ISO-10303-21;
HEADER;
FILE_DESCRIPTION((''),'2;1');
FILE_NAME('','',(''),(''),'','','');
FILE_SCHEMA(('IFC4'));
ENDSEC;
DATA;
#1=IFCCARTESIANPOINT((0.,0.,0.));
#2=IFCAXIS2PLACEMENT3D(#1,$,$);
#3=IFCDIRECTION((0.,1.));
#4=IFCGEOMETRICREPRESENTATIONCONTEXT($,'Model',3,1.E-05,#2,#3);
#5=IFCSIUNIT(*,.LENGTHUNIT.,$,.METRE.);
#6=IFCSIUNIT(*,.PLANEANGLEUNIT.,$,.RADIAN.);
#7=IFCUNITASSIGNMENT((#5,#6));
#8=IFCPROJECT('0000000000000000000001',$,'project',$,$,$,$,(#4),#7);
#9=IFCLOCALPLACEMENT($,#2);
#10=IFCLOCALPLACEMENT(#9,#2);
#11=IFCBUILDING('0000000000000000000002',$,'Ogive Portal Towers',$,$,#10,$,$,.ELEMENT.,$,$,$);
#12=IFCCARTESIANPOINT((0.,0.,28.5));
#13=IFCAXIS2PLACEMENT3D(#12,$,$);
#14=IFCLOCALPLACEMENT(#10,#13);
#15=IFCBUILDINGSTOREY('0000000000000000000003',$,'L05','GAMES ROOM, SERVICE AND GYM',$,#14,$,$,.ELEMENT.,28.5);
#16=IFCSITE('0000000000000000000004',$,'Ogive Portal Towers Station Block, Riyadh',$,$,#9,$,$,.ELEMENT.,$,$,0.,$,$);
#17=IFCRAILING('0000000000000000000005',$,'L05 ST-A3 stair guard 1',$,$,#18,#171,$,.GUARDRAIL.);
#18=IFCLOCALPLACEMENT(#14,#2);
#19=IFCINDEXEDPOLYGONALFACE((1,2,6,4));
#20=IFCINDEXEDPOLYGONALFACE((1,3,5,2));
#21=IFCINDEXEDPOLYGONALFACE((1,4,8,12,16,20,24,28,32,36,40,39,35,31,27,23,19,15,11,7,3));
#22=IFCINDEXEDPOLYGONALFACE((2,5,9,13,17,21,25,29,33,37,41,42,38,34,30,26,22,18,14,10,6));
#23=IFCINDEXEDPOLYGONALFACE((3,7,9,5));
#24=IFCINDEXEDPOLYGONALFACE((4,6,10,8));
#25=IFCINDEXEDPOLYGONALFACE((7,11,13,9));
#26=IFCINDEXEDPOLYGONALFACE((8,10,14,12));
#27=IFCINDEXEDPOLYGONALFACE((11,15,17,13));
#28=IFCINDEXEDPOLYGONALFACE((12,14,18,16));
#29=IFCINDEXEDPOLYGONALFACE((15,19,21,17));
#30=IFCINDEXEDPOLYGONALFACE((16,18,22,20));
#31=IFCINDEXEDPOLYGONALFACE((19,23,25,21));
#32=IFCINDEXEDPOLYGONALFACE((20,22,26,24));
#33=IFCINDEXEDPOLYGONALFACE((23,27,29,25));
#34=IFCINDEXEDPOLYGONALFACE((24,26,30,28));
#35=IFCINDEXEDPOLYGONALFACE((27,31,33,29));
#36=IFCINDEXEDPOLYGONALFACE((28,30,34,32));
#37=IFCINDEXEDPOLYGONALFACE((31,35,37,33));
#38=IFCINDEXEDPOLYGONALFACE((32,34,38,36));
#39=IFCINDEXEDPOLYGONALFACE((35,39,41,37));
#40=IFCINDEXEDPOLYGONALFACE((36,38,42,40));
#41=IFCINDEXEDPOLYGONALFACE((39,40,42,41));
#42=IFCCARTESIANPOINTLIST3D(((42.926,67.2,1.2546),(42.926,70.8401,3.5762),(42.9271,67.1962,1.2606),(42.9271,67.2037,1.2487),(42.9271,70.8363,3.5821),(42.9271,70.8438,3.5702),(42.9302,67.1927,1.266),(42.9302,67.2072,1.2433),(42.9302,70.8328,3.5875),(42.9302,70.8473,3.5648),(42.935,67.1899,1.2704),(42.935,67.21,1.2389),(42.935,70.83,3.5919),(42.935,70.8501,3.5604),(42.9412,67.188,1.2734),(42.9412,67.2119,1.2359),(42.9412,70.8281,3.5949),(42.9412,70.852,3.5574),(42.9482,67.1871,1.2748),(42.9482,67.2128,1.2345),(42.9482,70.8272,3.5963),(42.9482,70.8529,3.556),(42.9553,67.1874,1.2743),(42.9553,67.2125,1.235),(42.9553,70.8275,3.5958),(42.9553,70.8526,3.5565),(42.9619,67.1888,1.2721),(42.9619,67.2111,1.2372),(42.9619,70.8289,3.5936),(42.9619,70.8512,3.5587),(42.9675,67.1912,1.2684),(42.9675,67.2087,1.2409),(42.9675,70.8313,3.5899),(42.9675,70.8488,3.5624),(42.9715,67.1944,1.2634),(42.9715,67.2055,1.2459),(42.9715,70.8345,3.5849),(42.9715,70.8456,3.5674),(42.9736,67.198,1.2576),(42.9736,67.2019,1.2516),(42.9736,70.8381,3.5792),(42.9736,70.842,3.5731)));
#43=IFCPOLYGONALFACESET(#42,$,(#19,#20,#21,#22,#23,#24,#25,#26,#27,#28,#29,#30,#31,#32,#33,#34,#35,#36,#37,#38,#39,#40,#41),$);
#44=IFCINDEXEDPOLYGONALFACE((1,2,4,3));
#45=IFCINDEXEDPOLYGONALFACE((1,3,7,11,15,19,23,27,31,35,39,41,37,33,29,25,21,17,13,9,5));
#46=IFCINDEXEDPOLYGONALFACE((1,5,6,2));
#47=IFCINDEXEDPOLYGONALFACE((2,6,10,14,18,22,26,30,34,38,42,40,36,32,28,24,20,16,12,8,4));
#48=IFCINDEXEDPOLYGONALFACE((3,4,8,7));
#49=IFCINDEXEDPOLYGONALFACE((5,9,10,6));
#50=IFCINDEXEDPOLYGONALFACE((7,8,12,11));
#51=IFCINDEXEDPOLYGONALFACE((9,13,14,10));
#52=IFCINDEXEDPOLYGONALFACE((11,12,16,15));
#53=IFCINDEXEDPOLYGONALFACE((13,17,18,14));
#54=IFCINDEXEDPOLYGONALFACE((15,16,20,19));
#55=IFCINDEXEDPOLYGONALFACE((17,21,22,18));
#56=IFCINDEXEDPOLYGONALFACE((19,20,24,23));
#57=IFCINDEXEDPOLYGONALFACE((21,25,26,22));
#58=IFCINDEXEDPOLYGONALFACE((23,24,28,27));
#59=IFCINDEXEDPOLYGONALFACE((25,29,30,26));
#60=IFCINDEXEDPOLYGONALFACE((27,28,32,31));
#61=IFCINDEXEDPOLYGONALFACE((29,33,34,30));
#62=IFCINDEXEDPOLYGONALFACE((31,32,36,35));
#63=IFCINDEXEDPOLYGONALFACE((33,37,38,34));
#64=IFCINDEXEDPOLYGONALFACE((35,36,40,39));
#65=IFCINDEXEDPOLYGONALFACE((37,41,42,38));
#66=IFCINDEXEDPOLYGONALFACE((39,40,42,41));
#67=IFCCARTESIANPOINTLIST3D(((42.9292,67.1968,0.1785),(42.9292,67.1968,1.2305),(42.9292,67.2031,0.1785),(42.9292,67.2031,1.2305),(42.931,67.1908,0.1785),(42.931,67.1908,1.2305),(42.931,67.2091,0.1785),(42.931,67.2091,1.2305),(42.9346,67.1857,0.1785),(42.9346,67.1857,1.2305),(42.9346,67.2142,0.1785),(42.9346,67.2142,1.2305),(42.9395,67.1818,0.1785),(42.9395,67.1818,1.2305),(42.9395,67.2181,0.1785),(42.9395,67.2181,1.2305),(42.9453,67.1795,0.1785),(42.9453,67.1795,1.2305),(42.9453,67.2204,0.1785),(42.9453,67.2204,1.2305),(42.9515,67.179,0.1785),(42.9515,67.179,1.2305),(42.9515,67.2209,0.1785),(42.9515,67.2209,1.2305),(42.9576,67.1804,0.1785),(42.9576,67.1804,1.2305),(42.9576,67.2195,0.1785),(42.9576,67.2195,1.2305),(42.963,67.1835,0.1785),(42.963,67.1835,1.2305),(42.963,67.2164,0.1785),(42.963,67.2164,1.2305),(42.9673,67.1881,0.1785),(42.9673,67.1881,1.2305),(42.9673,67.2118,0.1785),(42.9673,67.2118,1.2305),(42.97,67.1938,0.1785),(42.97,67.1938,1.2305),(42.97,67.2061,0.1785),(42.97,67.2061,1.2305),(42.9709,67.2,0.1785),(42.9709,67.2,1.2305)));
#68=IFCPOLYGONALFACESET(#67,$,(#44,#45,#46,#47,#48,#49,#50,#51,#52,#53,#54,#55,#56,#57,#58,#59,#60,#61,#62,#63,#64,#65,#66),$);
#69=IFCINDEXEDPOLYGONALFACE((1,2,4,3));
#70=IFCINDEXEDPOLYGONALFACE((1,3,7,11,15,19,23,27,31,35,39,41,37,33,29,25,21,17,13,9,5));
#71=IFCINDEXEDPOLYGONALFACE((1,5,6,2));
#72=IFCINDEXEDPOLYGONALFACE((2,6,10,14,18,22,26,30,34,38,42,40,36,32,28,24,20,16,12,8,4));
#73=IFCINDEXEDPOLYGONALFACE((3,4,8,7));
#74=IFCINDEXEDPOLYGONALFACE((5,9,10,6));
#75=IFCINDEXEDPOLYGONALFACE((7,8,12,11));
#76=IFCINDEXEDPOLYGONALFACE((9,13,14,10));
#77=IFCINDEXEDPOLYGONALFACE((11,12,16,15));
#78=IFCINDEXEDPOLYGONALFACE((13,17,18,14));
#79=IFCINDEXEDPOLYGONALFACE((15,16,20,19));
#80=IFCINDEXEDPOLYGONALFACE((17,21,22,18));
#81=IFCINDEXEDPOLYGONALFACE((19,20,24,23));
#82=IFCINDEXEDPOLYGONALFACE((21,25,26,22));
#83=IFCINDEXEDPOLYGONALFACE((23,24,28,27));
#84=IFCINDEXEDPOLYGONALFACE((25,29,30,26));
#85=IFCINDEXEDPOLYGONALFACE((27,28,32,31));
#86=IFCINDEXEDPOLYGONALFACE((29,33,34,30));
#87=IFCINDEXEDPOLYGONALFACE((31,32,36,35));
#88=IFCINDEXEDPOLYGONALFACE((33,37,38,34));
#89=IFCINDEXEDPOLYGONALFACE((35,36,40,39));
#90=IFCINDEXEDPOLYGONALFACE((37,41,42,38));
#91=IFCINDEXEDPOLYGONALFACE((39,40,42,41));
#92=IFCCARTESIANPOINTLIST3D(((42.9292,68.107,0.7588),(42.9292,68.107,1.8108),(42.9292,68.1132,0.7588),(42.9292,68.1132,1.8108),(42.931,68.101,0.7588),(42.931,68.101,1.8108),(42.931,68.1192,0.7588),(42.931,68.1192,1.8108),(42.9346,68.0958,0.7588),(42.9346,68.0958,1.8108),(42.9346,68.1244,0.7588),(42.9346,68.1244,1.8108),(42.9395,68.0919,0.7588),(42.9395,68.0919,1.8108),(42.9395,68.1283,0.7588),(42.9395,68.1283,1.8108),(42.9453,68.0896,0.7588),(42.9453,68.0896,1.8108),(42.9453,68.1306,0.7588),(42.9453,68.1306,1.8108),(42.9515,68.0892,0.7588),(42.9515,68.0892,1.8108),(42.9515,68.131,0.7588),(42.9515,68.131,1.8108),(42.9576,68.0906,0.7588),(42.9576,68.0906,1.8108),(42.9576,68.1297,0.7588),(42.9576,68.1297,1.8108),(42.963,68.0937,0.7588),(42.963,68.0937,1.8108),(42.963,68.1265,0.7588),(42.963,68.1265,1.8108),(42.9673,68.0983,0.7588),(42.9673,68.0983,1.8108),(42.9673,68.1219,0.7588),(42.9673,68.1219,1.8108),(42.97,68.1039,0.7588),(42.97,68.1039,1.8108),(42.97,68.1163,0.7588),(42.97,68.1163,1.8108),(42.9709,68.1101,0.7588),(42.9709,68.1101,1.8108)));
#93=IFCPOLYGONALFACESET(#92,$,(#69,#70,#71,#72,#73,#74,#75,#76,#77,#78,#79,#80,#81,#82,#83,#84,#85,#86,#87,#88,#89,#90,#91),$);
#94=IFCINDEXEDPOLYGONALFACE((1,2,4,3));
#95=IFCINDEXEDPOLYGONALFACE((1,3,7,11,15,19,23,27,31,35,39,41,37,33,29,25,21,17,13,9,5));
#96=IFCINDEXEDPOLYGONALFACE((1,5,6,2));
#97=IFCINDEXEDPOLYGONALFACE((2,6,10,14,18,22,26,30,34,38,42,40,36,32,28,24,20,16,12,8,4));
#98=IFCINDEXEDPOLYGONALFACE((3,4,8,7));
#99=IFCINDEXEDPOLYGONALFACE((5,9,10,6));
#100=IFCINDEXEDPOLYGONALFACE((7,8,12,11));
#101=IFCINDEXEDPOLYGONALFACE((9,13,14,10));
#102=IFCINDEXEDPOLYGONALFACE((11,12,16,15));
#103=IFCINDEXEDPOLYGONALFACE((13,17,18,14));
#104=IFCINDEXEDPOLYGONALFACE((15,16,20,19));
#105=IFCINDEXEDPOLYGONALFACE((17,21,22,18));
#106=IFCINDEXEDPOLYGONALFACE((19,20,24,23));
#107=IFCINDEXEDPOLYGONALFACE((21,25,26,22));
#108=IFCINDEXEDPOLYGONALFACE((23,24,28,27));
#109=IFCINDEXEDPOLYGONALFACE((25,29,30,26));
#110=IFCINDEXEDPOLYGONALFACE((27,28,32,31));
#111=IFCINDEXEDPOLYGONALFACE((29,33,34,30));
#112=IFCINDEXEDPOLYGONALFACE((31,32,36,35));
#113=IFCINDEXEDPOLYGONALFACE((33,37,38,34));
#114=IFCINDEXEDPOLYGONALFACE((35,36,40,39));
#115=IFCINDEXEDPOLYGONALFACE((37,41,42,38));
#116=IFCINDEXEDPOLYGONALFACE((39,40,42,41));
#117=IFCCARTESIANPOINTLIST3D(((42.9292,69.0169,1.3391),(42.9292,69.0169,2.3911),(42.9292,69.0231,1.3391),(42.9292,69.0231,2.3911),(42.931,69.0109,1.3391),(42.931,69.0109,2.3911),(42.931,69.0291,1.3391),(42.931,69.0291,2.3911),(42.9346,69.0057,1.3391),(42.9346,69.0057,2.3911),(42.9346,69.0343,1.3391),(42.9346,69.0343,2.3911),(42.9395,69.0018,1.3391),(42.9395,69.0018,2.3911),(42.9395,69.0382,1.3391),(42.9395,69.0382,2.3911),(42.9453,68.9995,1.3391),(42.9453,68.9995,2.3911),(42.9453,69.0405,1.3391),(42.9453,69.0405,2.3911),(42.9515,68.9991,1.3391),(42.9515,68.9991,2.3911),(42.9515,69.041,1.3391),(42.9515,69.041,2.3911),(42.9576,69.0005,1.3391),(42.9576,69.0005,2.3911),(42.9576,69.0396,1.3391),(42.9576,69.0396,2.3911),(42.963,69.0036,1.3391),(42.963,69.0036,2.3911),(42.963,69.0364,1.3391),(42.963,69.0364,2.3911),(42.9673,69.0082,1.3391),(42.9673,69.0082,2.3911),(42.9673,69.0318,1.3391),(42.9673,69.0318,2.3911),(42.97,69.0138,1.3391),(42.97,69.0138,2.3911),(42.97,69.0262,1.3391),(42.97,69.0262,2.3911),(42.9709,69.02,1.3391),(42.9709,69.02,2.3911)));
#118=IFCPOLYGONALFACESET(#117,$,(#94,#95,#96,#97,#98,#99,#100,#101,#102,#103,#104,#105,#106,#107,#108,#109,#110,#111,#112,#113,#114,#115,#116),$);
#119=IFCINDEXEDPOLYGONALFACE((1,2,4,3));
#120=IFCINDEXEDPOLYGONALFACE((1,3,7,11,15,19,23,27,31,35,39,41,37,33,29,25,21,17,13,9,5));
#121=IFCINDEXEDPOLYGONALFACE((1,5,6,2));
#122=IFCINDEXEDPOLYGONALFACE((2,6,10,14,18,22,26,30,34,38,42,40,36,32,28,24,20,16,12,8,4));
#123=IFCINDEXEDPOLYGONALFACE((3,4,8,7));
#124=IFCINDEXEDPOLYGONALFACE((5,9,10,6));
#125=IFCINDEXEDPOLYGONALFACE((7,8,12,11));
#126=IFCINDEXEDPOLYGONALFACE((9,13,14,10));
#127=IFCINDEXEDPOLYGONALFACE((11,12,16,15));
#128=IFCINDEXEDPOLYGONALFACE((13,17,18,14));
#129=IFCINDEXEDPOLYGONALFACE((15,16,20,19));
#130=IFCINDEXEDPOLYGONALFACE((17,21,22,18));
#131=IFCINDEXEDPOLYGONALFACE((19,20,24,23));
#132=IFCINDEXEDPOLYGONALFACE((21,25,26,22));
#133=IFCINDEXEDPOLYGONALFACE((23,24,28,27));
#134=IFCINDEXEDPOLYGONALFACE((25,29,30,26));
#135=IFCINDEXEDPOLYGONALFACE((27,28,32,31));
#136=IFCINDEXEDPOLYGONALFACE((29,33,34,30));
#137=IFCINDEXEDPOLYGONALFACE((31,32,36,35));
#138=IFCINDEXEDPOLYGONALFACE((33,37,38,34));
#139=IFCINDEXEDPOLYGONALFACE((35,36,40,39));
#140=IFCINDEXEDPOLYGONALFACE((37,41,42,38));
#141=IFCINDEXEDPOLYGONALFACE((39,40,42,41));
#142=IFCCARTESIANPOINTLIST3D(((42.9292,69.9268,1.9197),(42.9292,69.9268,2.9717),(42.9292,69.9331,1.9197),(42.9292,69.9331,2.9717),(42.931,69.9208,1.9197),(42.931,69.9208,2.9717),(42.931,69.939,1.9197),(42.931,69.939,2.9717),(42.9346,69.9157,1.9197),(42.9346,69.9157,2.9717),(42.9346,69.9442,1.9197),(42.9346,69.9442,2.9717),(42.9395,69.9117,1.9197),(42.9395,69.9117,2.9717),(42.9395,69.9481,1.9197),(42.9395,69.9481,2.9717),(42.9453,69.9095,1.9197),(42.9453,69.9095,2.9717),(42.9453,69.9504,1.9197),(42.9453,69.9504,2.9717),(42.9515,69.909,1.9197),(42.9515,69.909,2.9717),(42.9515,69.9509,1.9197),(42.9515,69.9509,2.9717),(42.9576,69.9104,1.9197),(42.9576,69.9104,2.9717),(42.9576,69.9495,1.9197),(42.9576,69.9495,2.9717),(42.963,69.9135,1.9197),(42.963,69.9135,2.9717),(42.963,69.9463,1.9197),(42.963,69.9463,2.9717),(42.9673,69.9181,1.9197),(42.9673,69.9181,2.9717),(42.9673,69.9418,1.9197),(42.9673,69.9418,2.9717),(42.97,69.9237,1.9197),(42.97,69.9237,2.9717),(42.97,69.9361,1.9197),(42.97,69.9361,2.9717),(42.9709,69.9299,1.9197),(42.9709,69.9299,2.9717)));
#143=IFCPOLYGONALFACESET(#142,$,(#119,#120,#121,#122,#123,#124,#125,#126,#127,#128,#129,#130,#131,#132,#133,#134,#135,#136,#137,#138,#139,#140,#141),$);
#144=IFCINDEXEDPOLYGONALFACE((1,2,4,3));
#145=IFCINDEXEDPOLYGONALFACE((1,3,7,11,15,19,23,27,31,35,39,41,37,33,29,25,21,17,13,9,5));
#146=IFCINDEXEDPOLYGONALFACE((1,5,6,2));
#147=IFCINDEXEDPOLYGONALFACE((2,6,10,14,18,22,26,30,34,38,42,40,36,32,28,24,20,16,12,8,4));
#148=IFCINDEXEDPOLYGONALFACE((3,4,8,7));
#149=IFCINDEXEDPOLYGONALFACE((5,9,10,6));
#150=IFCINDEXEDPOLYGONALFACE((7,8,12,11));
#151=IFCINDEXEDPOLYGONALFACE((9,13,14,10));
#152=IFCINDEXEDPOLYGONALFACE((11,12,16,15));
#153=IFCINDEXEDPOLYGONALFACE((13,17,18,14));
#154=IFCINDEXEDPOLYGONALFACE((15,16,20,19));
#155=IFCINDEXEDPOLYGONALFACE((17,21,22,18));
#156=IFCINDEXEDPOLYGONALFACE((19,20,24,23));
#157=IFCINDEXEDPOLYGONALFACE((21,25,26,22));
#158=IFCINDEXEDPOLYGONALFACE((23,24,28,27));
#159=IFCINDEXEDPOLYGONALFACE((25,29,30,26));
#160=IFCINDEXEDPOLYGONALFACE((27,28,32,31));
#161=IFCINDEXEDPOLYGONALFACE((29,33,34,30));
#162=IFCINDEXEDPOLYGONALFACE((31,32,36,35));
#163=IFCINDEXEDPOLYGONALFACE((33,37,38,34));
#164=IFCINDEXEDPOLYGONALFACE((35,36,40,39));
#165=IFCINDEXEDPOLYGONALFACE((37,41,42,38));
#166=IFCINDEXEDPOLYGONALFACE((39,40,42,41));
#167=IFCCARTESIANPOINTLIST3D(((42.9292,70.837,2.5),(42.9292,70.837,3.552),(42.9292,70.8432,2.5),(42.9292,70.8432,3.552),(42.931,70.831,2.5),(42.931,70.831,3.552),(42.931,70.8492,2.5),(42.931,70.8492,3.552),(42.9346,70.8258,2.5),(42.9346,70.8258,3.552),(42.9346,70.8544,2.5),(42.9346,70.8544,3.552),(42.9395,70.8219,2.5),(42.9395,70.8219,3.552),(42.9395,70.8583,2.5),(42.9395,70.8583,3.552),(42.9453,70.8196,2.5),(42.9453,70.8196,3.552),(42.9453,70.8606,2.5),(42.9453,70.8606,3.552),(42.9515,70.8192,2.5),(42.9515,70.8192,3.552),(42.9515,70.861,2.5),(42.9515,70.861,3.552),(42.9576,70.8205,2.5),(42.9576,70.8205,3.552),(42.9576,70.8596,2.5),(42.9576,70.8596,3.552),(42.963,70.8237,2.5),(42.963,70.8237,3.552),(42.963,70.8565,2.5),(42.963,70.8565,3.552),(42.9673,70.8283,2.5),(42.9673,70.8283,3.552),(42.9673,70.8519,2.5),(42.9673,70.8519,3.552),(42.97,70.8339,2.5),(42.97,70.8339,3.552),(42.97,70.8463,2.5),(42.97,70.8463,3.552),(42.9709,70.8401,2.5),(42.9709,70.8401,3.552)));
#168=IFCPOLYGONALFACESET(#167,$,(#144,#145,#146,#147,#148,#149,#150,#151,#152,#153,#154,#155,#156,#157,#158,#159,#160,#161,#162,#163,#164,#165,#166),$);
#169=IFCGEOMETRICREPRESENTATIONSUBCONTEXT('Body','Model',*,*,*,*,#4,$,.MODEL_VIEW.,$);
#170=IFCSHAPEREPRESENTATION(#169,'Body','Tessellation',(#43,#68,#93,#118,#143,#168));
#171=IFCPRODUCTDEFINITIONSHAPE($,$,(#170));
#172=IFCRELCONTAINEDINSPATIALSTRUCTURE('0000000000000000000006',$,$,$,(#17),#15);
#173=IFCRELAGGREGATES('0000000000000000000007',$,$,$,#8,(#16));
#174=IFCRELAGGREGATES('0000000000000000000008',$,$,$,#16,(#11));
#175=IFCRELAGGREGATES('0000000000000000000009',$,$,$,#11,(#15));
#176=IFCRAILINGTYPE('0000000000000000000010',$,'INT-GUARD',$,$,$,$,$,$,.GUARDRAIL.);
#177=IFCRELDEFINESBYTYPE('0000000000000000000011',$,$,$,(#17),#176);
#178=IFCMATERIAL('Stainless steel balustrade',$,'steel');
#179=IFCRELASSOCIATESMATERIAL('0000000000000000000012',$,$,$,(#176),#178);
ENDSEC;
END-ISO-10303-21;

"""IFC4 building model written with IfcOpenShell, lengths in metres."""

from ifc_helpers import new_model, si_unit, direction, frame, origin, origin_2d, place, context, subcontext, project, spatial, circle, extrude, material, type_object, element, save


model = new_model("IFC4")

# Units and contexts
model_context = context("Model", 3, precision=1e-05, world=origin(), true_north=direction((0.0, 1.0)))
body_context = subcontext(model_context, "Body", "Model", "MODEL_VIEW")
ifc_project = project(units=[si_unit("LENGTHUNIT", "METRE"), si_unit("PLANEANGLEUNIT", "RADIAN")], contexts=[model_context])

# Site, building, storey
site_placement = place(None, origin())
site = spatial("IfcSite", under=ifc_project, at=site_placement, Name="Ogive Portal Towers Station Block, Riyadh", CompositionType="ELEMENT", RefElevation=0.0)
building_placement = place(site_placement, origin())
building = spatial("IfcBuilding", under=site, at=building_placement, Name="Ogive Portal Towers", CompositionType="ELEMENT")
storey_placement = place(building_placement, frame((0.0, 0.0, 28.5)))
storey = spatial("IfcBuildingStorey", under=building, at=storey_placement, Name="L05", Description="GAMES ROOM, SERVICE AND GYM", CompositionType="ELEMENT", Elevation=28.5)

# Railing
ifc_material_1 = material(Name="Stainless steel balustrade", Category="steel")
railing_type_1 = type_object("IfcRailingType", Name="INT-GUARD", PredefinedType="GUARDRAIL", material=ifc_material_1)
railing_1_placement = place(storey_placement, frame((42.95, 67.2, 0.1785)))
element("IfcRailing", 1, at=railing_1_placement, inside=storey, type_object=railing_type_1, Name="L05 ST-A3 stair guard 1", PredefinedType="GUARDRAIL", context=body_context, shape_type="SweptSolid", body=[
    extrude(circle(Radius=0.0239, at=origin_2d()), frame((0.0, 0.0, 1.0762), z_axis=(0.0, 0.843128, 0.537713), x_axis=(-1.0, 0.0, 0.0)), (0.0, 0.0, 1.0), 4.3174),
    extrude(circle(Radius=0.021, at=origin_2d()), origin(), (0.0, 0.0, 1.0), 1.052),
    extrude(circle(Radius=0.021, at=origin_2d()), frame((0.0, 0.9102, 0.5803)), (0.0, 0.0, 1.0), 1.052),
    extrude(circle(Radius=0.021, at=origin_2d()), frame((0.0, 1.8201, 1.1606)), (0.0, 0.0, 1.0), 1.052),
    extrude(circle(Radius=0.021, at=origin_2d()), frame((0.0, 2.73, 1.7412)), (0.0, 0.0, 1.0), 1.052),
    extrude(circle(Radius=0.021, at=origin_2d()), frame((0.0, 3.6401, 2.3215)), (0.0, 0.0, 1.0), 1.052),
])

save(model, "model.ifc")
